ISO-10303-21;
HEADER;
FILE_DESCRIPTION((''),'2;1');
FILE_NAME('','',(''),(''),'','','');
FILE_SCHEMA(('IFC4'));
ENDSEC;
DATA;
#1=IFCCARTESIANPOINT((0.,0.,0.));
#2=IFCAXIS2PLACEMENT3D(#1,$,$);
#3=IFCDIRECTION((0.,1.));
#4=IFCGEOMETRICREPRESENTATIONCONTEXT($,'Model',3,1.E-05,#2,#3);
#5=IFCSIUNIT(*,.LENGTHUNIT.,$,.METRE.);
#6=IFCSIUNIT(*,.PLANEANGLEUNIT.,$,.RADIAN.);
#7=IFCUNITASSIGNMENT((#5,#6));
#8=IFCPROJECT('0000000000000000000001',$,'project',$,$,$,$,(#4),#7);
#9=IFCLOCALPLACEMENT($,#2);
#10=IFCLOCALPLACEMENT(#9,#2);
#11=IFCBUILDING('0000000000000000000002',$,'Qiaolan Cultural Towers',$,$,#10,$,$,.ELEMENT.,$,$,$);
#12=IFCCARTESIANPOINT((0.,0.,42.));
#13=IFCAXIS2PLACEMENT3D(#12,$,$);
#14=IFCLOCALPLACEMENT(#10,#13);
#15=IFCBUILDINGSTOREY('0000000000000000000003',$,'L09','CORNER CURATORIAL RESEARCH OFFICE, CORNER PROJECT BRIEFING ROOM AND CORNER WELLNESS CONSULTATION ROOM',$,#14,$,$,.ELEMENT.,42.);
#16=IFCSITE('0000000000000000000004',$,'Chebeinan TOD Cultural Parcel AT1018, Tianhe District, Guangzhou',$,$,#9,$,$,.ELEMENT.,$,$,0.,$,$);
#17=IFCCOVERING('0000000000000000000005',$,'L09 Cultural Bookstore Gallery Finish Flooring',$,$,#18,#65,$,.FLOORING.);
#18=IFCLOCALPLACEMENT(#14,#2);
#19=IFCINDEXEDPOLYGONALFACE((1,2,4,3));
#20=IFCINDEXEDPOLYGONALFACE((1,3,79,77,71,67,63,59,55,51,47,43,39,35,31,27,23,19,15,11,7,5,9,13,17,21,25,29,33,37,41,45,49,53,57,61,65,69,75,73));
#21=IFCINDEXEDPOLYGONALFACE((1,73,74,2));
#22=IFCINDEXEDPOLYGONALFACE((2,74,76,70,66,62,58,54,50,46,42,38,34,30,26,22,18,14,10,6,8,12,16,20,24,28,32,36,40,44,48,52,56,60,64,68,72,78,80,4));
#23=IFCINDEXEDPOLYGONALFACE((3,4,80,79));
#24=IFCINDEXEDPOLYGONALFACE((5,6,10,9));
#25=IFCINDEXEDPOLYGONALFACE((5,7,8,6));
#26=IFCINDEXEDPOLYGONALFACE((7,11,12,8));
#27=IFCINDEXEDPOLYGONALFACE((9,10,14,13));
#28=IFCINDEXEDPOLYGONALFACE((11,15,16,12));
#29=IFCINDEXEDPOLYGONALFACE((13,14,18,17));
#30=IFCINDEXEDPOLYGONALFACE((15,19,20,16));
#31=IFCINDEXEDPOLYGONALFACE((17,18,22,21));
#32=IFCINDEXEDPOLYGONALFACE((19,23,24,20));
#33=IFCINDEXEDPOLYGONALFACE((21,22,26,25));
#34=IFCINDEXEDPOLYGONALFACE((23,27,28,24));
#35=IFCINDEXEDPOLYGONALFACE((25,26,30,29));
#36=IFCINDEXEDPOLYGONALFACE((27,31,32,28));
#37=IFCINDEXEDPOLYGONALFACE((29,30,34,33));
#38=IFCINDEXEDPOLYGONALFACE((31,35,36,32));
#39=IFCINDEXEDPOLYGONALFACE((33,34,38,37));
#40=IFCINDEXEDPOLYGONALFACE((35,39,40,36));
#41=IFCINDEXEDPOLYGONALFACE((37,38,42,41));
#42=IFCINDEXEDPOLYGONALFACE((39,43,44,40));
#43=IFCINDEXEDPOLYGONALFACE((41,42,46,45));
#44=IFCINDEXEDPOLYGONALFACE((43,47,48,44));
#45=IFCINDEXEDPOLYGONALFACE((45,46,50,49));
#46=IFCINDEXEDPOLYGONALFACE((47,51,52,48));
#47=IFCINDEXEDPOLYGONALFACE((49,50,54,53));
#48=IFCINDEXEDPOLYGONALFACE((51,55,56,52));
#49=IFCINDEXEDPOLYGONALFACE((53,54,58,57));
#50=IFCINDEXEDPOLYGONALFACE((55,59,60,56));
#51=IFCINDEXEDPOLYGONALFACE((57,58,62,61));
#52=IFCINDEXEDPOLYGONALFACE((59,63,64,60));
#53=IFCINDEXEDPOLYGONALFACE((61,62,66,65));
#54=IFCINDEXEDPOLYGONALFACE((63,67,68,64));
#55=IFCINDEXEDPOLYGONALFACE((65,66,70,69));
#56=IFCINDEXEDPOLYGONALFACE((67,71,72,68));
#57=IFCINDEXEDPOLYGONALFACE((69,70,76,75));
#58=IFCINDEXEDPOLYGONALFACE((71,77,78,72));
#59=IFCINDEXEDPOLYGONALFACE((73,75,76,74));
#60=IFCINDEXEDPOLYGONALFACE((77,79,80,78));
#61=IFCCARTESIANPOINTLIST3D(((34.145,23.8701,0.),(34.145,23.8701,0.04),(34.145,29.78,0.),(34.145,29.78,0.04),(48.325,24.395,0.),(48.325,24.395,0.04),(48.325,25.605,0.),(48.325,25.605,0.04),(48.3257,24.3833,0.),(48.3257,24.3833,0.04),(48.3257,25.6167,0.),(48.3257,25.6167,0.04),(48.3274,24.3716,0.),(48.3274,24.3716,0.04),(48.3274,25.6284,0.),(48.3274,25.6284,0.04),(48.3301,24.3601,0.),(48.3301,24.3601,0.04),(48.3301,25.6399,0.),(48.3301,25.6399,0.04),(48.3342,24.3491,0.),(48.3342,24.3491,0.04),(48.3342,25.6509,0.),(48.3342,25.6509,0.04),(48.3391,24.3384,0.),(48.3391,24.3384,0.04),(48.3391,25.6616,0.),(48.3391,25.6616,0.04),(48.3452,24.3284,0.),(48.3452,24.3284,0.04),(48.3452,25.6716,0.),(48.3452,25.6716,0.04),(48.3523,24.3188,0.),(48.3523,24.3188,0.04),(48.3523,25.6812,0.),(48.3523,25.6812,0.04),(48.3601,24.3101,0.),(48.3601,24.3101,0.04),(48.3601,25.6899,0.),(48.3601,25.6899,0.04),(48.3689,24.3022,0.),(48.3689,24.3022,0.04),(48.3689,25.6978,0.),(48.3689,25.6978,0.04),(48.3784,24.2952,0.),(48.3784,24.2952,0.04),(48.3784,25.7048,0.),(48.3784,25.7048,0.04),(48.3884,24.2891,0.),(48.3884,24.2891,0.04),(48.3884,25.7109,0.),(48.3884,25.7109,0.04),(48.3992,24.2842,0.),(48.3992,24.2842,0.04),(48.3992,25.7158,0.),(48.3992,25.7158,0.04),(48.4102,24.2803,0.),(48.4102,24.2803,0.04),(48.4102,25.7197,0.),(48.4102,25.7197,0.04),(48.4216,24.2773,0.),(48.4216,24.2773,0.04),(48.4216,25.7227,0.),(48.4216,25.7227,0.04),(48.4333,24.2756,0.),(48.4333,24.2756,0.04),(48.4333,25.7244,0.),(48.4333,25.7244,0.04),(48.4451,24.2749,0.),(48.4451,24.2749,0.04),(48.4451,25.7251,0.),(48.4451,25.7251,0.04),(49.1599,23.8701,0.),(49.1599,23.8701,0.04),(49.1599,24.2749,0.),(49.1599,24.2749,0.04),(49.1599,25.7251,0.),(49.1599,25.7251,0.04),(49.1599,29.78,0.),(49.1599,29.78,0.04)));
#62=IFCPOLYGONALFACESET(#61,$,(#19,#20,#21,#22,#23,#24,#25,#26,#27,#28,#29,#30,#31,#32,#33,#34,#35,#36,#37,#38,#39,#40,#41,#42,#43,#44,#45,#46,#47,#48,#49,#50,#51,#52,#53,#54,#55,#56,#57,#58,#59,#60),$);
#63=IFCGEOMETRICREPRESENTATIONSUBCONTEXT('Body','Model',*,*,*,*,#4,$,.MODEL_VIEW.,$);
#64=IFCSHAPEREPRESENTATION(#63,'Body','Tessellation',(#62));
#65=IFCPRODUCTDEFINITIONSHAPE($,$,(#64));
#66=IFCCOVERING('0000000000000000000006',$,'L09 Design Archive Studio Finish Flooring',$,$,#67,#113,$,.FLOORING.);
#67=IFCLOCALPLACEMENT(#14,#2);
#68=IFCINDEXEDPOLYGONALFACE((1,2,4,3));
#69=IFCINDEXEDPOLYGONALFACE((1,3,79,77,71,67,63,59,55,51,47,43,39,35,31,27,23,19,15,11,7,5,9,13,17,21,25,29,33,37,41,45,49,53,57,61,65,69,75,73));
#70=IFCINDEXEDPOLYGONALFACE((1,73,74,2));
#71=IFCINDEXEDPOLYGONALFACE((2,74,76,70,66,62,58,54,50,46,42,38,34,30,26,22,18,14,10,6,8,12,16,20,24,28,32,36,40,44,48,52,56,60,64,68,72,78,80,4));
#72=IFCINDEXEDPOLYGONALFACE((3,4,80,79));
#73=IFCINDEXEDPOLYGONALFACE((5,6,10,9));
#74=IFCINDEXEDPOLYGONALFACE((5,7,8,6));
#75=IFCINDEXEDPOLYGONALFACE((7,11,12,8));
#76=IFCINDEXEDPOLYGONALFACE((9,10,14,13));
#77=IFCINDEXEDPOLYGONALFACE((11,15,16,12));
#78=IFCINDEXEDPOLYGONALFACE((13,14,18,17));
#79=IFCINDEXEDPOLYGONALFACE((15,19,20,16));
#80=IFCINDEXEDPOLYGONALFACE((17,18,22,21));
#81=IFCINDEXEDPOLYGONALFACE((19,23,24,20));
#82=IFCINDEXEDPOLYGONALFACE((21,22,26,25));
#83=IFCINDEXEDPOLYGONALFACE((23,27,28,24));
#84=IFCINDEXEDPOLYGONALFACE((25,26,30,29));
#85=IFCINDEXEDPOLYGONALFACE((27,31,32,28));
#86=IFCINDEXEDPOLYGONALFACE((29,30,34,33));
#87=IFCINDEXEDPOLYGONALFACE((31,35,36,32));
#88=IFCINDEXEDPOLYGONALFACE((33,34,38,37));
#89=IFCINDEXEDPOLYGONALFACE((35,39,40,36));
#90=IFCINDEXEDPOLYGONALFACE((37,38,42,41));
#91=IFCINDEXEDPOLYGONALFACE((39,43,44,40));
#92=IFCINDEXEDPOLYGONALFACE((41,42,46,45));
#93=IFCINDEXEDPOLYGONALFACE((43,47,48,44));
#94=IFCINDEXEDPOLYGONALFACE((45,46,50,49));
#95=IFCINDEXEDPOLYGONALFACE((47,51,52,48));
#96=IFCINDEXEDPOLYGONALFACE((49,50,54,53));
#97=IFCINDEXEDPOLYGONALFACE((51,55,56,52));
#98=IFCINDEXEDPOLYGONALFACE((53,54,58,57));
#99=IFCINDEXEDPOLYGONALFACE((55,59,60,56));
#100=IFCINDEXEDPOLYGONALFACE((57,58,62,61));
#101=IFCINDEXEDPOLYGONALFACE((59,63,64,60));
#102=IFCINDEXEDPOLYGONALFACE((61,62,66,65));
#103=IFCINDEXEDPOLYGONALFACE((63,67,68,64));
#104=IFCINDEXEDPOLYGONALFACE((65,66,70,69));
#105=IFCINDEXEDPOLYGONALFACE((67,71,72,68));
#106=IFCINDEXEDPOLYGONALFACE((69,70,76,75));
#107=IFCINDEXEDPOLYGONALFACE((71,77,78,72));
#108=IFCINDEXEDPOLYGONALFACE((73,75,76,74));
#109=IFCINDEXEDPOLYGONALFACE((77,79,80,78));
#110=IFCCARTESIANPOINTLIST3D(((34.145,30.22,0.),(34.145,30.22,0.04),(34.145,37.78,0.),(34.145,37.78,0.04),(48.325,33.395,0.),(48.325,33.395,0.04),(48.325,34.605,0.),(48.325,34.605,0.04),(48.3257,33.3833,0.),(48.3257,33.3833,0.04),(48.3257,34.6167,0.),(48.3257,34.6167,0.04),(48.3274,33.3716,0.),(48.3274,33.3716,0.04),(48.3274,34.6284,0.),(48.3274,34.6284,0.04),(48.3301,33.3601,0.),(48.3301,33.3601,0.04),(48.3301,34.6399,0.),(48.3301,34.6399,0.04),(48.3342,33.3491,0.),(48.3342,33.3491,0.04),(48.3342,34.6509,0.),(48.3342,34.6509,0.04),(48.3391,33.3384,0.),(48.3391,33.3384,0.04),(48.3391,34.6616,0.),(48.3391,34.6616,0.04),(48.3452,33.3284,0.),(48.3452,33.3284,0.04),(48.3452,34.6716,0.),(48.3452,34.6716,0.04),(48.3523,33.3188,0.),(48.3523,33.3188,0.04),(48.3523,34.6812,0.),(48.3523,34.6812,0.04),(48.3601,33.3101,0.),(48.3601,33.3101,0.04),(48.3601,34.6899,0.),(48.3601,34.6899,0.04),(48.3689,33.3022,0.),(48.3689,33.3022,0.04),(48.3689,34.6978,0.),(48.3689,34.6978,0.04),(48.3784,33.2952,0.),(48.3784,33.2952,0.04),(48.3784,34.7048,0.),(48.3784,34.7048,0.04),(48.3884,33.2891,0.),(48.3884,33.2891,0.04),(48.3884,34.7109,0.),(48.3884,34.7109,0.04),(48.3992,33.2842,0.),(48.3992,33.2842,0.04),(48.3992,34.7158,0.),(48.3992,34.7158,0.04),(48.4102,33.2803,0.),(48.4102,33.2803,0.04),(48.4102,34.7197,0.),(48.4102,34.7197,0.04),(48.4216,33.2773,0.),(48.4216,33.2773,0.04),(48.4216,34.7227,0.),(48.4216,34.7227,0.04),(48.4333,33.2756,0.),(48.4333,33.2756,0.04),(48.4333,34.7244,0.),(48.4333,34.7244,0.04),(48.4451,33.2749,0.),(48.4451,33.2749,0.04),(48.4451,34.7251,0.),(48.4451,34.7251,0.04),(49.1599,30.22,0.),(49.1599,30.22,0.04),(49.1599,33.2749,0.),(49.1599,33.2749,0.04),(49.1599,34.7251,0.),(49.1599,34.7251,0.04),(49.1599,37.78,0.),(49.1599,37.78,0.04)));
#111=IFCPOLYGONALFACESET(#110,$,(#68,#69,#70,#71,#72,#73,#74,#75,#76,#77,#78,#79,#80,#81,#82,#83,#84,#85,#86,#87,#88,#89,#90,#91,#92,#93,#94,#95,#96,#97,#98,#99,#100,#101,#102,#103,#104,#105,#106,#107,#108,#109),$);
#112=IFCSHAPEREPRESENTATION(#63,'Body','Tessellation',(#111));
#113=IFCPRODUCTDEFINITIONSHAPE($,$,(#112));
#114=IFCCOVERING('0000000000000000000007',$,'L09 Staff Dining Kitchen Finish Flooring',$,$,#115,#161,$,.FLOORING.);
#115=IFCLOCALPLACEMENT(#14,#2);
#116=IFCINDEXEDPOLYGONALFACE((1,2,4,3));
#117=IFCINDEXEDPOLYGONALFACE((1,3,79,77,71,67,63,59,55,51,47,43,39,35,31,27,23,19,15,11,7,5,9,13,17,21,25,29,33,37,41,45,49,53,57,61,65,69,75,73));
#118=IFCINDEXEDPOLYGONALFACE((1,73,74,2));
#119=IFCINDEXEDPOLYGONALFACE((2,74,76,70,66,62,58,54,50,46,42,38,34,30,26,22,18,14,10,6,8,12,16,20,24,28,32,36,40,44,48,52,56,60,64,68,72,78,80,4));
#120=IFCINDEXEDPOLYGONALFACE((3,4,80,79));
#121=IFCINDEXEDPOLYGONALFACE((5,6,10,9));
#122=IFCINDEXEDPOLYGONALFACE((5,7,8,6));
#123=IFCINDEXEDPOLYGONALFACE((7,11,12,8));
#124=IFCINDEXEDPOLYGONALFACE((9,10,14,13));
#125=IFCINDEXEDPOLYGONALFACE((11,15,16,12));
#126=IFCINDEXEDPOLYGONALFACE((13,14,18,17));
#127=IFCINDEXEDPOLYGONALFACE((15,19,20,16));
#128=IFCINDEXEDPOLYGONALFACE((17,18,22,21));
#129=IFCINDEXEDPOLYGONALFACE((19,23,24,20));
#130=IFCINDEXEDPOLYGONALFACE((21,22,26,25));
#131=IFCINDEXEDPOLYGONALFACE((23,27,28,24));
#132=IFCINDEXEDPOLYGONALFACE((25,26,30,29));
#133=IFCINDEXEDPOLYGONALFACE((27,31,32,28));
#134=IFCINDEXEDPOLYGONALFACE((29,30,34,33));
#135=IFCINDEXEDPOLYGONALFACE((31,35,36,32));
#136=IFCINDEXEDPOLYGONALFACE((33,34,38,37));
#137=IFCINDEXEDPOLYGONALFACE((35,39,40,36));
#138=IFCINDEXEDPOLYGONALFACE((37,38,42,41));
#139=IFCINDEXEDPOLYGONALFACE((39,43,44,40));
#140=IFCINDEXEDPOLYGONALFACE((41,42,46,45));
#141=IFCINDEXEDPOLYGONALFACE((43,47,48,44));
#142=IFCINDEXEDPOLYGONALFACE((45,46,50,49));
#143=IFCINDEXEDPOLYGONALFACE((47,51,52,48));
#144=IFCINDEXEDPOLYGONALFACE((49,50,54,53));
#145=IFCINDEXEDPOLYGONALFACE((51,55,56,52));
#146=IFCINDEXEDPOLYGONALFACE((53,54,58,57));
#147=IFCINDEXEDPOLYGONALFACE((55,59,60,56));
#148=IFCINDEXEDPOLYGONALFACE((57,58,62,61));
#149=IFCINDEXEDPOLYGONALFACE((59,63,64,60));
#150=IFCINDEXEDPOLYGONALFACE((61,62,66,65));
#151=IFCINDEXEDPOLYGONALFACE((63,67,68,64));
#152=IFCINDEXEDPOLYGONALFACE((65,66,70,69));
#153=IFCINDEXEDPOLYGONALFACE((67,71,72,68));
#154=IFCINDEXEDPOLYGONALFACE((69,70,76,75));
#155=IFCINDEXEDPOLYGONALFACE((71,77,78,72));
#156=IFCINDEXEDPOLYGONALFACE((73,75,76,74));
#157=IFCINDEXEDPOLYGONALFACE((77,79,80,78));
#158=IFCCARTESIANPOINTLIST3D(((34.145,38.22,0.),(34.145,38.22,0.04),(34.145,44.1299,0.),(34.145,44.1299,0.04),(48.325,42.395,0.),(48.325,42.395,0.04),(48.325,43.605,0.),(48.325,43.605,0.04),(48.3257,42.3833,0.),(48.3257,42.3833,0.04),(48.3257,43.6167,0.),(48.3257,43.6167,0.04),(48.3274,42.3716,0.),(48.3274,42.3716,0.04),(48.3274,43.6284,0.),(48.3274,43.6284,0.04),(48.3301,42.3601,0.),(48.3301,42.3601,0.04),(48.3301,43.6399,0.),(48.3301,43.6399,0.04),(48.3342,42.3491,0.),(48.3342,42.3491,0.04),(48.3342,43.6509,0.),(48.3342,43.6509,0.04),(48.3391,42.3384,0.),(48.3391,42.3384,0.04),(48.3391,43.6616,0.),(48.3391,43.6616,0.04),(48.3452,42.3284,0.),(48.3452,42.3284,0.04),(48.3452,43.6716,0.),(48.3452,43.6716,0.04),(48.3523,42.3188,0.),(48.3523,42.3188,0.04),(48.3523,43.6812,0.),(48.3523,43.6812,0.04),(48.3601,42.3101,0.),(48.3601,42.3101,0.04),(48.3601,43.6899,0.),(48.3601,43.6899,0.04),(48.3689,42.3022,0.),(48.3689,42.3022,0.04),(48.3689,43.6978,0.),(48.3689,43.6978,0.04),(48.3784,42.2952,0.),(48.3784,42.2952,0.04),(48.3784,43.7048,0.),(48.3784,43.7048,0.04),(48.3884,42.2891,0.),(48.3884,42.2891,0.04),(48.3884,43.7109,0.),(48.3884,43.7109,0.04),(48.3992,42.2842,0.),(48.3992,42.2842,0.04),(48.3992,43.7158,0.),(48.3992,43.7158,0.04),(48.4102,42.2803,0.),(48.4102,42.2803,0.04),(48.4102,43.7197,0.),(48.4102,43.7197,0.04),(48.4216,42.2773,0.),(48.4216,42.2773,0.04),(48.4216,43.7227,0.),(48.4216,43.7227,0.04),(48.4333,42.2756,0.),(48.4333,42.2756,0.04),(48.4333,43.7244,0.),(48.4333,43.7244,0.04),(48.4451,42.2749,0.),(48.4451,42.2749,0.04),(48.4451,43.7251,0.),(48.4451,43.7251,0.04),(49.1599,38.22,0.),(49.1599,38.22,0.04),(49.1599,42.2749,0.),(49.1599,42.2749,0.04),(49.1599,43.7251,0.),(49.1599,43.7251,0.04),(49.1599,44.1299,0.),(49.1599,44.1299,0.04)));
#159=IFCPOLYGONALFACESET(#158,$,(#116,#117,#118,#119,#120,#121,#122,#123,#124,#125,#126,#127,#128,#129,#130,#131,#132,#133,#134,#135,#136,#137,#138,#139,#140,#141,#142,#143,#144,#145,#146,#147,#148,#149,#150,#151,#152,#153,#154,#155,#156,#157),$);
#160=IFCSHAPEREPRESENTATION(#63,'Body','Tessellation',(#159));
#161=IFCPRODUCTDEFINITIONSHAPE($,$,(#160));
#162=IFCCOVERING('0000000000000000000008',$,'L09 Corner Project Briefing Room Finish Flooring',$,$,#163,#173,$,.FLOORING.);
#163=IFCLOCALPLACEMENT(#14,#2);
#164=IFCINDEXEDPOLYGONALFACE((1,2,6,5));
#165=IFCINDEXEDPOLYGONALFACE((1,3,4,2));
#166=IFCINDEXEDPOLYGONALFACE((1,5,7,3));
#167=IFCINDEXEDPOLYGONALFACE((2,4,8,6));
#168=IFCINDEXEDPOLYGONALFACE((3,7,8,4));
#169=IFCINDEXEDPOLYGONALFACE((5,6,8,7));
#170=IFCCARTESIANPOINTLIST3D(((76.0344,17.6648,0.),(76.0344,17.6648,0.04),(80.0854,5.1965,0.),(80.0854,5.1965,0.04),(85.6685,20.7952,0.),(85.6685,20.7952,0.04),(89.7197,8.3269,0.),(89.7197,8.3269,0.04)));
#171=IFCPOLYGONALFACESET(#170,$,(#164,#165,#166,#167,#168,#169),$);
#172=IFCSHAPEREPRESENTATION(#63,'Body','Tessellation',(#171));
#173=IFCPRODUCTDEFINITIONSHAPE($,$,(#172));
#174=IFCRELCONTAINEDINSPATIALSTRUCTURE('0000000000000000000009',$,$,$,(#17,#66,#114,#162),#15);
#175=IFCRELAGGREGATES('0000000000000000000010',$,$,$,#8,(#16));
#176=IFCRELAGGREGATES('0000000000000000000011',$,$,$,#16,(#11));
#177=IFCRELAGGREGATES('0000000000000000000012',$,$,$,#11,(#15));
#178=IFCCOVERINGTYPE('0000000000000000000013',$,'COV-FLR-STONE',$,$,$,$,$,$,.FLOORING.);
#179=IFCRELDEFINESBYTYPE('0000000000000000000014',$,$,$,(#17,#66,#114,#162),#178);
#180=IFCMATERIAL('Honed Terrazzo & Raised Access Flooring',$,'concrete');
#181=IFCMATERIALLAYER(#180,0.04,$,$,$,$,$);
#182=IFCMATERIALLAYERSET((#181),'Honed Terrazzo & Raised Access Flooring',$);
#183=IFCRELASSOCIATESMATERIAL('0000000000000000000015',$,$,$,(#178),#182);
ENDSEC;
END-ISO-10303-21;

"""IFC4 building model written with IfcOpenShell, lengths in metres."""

from ifc_helpers import new_model, si_unit, direction, frame, origin, place, context, subcontext, project, spatial, polyline, outline, extrude, material, layer, layer_set, type_object, element, save


model = new_model("IFC4")

# Units and contexts
model_context = context("Model", 3, precision=1e-05, world=origin(), true_north=direction((0.0, 1.0)))
body_context = subcontext(model_context, "Body", "Model", "MODEL_VIEW")
ifc_project = project(units=[si_unit("LENGTHUNIT", "METRE"), si_unit("PLANEANGLEUNIT", "RADIAN")], contexts=[model_context])

# Site, building, storey
site_placement = place(None, origin())
site = spatial("IfcSite", under=ifc_project, at=site_placement, Name="Chebeinan TOD Cultural Parcel AT1018, Tianhe District, Guangzhou", CompositionType="ELEMENT", RefElevation=0.0)
building_placement = place(site_placement, origin())
building = spatial("IfcBuilding", under=site, at=building_placement, Name="Qiaolan Cultural Towers", CompositionType="ELEMENT")
storey_placement = place(building_placement, frame((0.0, 0.0, 42.0)))
storey = spatial("IfcBuildingStorey", under=building, at=storey_placement, Name="L09", Description="CORNER CURATORIAL RESEARCH OFFICE, CORNER PROJECT BRIEFING ROOM AND CORNER WELLNESS CONSULTATION ROOM", CompositionType="ELEMENT", Elevation=42.0)

# Coverings
ifc_material_1 = material(Name="Honed Terrazzo & Raised Access Flooring", Category="concrete")
ifc_layer_1 = layer(ifc_material_1, 0.04)
ifc_layer_set_1 = layer_set([ifc_layer_1], Name="Honed Terrazzo & Raised Access Flooring")
covering_type = type_object("IfcCoveringType", Name="COV-FLR-STONE", PredefinedType="FLOORING", material=ifc_layer_set_1)
covering_1_placement = place(storey_placement, origin())
element("IfcCovering", 1, at=covering_1_placement, inside=storey, type_object=covering_type, Name="L09 Cultural Bookstore Gallery Finish Flooring", PredefinedType="FLOORING", context=body_context, shape_type="SweptSolid", body=[
    extrude(outline(polyline([(49.1599, 24.2749), (48.4451, 24.2749), (48.4333, 24.2756), (48.4216, 24.2773), (48.4102, 24.2803), (48.3992, 24.2842), (48.3884, 24.2891), (48.3784, 24.2952), (48.3689, 24.3022), (48.3601, 24.3101), (48.3523, 24.3188), (48.3452, 24.3284), (48.3391, 24.3384), (48.3342, 24.3491), (48.3301, 24.3601), (48.3274, 24.3716), (48.3257, 24.3833), (48.325, 24.395), (48.325, 25.605), (48.3257, 25.6167), (48.3274, 25.6284), (48.3301, 25.6399), (48.3342, 25.6509), (48.3391, 25.6616), (48.3452, 25.6716), (48.3523, 25.6812), (48.3601, 25.6899), (48.3689, 25.6978), (48.3784, 25.7048), (48.3884, 25.7109), (48.3992, 25.7158), (48.4102, 25.7197), (48.4216, 25.7227), (48.4333, 25.7244), (48.4451, 25.7251), (49.1599, 25.7251), (49.1599, 29.78), (34.145, 29.78), (34.145, 23.8701), (49.1599, 23.8701), (49.1599, 24.2749)])), origin(), (0.0, 0.0, 1.0), 0.04),
])
covering_2_placement = place(storey_placement, origin())
element("IfcCovering", 2, at=covering_2_placement, inside=storey, type_object=covering_type, Name="L09 Design Archive Studio Finish Flooring", PredefinedType="FLOORING", context=body_context, shape_type="SweptSolid", body=[
    extrude(outline(polyline([(49.1599, 33.2749), (48.4451, 33.2749), (48.4333, 33.2756), (48.4216, 33.2773), (48.4102, 33.2803), (48.3992, 33.2842), (48.3884, 33.2891), (48.3784, 33.2952), (48.3689, 33.3022), (48.3601, 33.3101), (48.3523, 33.3188), (48.3452, 33.3284), (48.3391, 33.3384), (48.3342, 33.3491), (48.3301, 33.3601), (48.3274, 33.3716), (48.3257, 33.3833), (48.325, 33.395), (48.325, 34.605), (48.3257, 34.6167), (48.3274, 34.6284), (48.3301, 34.6399), (48.3342, 34.6509), (48.3391, 34.6616), (48.3452, 34.6716), (48.3523, 34.6812), (48.3601, 34.6899), (48.3689, 34.6978), (48.3784, 34.7048), (48.3884, 34.7109), (48.3992, 34.7158), (48.4102, 34.7197), (48.4216, 34.7227), (48.4333, 34.7244), (48.4451, 34.7251), (49.1599, 34.7251), (49.1599, 37.78), (34.145, 37.78), (34.145, 30.22), (49.1599, 30.22), (49.1599, 33.2749)])), origin(), (0.0, 0.0, 1.0), 0.04),
])
covering_3_placement = place(storey_placement, origin())
element("IfcCovering", 3, at=covering_3_placement, inside=storey, type_object=covering_type, Name="L09 Staff Dining Kitchen Finish Flooring", PredefinedType="FLOORING", context=body_context, shape_type="SweptSolid", body=[
    extrude(outline(polyline([(49.1599, 42.2749), (48.4451, 42.2749), (48.4333, 42.2756), (48.4216, 42.2773), (48.4102, 42.2803), (48.3992, 42.2842), (48.3884, 42.2891), (48.3784, 42.2952), (48.3689, 42.3022), (48.3601, 42.3101), (48.3523, 42.3188), (48.3452, 42.3284), (48.3391, 42.3384), (48.3342, 42.3491), (48.3301, 42.3601), (48.3274, 42.3716), (48.3257, 42.3833), (48.325, 42.395), (48.325, 43.605), (48.3257, 43.6167), (48.3274, 43.6284), (48.3301, 43.6399), (48.3342, 43.6509), (48.3391, 43.6616), (48.3452, 43.6716), (48.3523, 43.6812), (48.3601, 43.6899), (48.3689, 43.6978), (48.3784, 43.7048), (48.3884, 43.7109), (48.3992, 43.7158), (48.4102, 43.7197), (48.4216, 43.7227), (48.4333, 43.7244), (48.4451, 43.7251), (49.1599, 43.7251), (49.1599, 44.1299), (34.145, 44.1299), (34.145, 38.22), (49.1599, 38.22), (49.1599, 42.2749)])), origin(), (0.0, 0.0, 1.0), 0.04),
])
covering_4_placement = place(storey_placement, origin())
element("IfcCovering", 4, at=covering_4_placement, inside=storey, type_object=covering_type, Name="L09 Corner Project Briefing Room Finish Flooring", PredefinedType="FLOORING", context=body_context, shape_type="SweptSolid", body=[
    extrude(outline(polyline([(89.7197, 8.3269), (85.6685, 20.7952), (76.0344, 17.6648), (80.0854, 5.1965), (89.7197, 8.3269)])), origin(), (0.0, 0.0, 1.0), 0.04),
])

save(model, "model.ifc")
